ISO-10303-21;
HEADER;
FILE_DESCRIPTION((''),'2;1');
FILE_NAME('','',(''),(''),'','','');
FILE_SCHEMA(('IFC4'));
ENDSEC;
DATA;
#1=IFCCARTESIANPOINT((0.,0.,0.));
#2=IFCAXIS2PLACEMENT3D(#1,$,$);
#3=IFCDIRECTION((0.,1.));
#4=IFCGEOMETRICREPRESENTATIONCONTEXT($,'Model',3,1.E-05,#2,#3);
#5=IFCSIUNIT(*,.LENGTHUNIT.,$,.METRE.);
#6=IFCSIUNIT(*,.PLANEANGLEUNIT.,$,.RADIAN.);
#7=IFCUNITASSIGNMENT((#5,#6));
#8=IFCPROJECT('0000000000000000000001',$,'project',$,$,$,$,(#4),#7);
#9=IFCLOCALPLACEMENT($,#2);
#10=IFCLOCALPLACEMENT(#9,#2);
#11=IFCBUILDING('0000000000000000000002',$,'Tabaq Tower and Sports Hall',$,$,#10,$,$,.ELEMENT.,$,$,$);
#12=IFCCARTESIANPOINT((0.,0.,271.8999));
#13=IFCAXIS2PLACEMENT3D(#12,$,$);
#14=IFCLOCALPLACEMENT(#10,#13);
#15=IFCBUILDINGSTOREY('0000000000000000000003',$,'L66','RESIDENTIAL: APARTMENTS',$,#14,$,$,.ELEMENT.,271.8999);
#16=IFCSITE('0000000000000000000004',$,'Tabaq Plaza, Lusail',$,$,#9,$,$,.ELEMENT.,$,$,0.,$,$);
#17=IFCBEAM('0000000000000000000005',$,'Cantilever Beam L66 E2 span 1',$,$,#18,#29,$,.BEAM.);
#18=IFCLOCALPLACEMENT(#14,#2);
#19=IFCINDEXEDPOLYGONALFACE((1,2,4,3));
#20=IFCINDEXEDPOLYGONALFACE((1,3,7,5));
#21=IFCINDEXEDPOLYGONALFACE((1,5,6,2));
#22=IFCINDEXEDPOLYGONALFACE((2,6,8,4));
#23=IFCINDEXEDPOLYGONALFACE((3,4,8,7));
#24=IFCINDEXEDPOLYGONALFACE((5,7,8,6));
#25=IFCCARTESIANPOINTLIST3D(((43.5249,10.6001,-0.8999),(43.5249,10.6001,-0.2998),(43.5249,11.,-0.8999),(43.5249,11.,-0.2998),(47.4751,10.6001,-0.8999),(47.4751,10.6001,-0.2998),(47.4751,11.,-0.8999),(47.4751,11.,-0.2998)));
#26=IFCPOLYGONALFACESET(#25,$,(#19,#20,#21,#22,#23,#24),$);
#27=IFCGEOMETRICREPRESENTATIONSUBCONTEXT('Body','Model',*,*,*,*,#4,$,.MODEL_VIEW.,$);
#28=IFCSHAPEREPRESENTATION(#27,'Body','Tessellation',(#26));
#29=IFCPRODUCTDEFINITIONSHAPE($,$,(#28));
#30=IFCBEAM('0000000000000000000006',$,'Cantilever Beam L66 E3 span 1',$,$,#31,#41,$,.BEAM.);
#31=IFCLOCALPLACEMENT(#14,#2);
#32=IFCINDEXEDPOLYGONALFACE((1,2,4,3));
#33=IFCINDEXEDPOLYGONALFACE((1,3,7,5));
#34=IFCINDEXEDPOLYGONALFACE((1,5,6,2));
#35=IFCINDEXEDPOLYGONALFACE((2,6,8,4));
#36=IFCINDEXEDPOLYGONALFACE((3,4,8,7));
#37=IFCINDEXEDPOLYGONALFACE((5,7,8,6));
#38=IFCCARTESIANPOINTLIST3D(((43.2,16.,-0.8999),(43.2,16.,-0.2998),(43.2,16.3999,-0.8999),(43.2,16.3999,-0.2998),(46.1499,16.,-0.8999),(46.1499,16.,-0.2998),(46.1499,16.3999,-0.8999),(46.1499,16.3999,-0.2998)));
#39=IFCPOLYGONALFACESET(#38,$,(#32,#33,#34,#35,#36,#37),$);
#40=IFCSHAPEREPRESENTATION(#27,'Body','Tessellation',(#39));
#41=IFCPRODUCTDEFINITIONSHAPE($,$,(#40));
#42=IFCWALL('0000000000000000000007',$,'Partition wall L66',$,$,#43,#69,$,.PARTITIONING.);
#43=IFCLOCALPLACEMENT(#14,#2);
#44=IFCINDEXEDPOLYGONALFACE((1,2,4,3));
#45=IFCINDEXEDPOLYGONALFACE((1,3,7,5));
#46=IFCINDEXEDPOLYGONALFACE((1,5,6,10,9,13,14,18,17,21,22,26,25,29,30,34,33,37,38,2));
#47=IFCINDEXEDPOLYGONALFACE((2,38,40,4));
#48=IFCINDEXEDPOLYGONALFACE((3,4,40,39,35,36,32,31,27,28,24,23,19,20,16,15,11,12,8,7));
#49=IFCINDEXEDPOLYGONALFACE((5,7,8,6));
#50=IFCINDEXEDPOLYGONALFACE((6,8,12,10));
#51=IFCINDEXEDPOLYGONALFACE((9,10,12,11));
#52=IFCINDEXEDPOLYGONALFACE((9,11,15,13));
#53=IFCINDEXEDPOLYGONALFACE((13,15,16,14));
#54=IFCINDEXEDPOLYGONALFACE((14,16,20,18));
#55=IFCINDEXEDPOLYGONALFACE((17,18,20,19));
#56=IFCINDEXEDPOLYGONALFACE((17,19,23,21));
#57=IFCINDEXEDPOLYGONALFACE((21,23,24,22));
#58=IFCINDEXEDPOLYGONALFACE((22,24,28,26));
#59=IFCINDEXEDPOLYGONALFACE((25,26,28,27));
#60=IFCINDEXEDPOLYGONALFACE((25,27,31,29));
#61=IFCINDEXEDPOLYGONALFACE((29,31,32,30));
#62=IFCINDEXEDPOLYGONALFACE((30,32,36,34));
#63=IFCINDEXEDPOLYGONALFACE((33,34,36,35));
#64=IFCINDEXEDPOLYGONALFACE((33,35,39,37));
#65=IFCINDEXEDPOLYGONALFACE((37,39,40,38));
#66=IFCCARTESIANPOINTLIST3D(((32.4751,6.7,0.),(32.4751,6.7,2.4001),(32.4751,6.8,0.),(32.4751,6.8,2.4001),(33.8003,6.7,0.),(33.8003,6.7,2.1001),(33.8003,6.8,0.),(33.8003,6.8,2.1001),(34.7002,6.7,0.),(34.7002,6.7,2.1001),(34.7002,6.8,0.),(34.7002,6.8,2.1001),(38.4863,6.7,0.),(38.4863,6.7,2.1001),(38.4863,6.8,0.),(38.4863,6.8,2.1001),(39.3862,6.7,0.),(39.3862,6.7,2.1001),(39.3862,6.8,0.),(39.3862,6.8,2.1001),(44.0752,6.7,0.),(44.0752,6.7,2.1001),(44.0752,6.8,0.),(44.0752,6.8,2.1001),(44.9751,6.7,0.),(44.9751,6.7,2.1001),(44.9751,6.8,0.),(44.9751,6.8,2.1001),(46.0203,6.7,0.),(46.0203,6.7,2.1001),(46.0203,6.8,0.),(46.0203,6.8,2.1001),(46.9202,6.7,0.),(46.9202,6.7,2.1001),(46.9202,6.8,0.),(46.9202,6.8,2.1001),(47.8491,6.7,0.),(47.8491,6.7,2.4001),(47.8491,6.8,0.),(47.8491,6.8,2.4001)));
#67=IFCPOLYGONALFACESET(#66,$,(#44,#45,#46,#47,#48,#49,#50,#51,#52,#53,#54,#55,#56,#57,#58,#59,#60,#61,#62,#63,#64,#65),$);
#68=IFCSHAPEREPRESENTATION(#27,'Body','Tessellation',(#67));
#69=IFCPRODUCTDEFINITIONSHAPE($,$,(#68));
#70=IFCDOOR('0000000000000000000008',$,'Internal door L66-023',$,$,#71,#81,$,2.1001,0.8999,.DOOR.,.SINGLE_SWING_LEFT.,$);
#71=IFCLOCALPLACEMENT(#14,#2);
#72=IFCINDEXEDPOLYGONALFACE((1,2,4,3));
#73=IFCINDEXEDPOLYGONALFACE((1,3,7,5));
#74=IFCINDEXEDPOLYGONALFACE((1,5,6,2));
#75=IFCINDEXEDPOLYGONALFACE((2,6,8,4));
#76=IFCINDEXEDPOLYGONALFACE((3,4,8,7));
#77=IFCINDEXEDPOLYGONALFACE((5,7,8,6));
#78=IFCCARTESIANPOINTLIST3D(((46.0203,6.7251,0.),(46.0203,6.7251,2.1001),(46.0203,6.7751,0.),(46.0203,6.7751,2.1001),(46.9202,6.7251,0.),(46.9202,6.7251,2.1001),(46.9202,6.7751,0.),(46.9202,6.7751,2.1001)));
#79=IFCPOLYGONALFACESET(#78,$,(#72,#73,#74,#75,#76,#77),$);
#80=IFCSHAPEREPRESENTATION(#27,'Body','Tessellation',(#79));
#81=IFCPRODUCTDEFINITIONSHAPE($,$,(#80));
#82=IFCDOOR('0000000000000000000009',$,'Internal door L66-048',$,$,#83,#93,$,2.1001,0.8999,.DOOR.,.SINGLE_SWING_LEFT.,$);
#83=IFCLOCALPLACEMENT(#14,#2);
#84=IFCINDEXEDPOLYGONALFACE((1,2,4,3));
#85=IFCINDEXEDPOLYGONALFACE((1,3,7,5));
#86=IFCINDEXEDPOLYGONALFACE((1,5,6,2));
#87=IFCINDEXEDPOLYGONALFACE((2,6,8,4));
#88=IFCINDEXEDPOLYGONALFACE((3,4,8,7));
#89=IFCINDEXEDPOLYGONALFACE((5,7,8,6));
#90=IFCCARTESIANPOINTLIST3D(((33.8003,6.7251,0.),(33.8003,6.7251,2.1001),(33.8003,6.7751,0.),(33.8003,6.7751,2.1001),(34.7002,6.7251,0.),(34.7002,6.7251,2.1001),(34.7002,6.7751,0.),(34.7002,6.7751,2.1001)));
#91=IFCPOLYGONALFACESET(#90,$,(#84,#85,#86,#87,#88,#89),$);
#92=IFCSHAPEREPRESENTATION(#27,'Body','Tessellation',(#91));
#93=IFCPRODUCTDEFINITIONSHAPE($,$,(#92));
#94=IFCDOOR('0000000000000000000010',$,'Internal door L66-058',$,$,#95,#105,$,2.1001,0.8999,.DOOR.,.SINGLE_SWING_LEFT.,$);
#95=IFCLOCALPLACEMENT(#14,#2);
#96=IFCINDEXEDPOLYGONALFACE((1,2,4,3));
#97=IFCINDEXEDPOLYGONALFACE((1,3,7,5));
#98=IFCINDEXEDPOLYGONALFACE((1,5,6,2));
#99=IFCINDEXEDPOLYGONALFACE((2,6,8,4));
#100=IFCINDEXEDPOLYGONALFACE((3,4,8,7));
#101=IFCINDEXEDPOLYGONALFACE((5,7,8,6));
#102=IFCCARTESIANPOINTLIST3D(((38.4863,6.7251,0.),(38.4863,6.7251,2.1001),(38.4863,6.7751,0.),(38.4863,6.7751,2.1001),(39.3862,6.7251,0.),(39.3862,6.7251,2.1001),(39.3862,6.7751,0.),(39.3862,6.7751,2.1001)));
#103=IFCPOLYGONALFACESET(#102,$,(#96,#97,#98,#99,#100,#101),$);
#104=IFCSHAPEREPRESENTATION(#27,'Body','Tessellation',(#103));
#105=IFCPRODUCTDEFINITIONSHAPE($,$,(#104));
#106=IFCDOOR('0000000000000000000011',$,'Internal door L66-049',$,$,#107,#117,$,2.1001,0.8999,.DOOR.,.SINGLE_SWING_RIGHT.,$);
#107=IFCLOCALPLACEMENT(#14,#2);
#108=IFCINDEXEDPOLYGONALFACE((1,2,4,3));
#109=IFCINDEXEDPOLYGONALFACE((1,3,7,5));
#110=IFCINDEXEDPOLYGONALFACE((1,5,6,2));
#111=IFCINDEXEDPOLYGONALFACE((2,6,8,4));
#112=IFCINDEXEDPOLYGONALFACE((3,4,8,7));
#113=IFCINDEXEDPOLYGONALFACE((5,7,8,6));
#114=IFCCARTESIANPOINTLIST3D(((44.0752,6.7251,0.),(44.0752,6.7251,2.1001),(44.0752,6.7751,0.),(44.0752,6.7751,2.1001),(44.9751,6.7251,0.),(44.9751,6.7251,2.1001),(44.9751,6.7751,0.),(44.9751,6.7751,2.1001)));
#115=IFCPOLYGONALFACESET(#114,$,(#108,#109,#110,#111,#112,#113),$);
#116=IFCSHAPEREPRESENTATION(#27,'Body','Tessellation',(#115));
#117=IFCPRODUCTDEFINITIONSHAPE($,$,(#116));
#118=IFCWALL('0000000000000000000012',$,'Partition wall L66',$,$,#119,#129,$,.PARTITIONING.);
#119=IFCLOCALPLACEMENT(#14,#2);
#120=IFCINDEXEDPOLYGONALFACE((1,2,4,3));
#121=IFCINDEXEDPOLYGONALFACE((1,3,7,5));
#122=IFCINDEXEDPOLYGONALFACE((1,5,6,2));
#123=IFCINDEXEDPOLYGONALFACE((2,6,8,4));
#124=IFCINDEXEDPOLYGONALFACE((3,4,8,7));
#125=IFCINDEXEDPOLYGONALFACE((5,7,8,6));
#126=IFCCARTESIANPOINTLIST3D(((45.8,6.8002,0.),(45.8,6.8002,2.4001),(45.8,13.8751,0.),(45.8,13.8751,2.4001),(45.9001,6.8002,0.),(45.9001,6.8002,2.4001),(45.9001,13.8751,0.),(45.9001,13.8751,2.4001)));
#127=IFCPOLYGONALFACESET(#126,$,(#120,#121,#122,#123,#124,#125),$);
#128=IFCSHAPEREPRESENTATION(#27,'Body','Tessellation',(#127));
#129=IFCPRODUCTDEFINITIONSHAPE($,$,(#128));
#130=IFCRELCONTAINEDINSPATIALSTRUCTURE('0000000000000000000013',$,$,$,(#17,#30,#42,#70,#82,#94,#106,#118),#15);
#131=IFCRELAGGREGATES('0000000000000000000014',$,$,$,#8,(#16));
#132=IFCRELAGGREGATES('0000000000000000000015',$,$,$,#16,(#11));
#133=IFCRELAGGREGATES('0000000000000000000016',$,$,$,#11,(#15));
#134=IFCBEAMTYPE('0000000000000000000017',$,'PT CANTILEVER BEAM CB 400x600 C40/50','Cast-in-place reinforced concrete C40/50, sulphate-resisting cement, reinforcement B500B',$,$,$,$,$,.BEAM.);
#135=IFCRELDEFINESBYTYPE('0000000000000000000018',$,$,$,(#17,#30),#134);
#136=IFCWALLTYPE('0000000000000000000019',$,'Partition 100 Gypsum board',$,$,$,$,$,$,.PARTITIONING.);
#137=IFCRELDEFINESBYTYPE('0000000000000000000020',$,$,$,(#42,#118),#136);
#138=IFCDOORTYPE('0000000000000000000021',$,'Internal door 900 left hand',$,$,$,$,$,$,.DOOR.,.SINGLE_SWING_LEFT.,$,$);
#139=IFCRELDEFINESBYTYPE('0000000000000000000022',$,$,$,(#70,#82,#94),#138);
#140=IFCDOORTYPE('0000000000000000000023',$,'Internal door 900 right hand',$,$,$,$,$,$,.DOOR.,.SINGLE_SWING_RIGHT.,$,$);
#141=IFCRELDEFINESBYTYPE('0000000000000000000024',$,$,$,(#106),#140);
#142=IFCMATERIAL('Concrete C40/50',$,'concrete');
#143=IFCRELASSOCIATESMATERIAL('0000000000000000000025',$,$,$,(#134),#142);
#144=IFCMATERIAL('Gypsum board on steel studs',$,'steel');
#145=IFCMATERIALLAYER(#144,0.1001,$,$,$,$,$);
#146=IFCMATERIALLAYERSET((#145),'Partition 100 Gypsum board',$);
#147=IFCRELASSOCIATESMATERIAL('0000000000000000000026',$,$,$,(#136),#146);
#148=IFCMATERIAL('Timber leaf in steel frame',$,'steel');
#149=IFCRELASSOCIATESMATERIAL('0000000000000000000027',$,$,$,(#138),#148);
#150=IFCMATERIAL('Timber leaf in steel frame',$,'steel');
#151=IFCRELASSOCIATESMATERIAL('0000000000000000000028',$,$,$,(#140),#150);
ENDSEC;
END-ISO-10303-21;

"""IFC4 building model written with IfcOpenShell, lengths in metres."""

from ifc_helpers import new_model, si_unit, direction, frame, frame_2d, origin, origin_2d, place, context, subcontext, project, spatial, rectangle, extrude, material, layer, layer_set, material_profile, profile_set, type_object, element, fill, save


model = new_model("IFC4")

# Units and contexts
model_context = context("Model", 3, precision=1e-05, world=origin(), true_north=direction((0.0, 1.0)))
body_context = subcontext(model_context, "Body", "Model", "MODEL_VIEW")
ifc_project = project(units=[si_unit("LENGTHUNIT", "METRE"), si_unit("PLANEANGLEUNIT", "RADIAN")], contexts=[model_context])

# Site, building, storey
site_placement = place(None, origin())
site = spatial("IfcSite", under=ifc_project, at=site_placement, Name="Tabaq Plaza, Lusail", CompositionType="ELEMENT", RefElevation=0.0)
building_placement = place(site_placement, origin())
building = spatial("IfcBuilding", under=site, at=building_placement, Name="Tabaq Tower and Sports Hall", CompositionType="ELEMENT")
storey_placement = place(building_placement, frame((0.0, 0.0, 271.8999)))
storey = spatial("IfcBuildingStorey", under=building, at=storey_placement, Name="L66", Description="RESIDENTIAL: APARTMENTS", CompositionType="ELEMENT", Elevation=271.8999)

# Beams
ifc_material_1 = material(Name="Concrete C40/50", Category="concrete")
ifc_material_profile = material_profile(ifc_material_1, rectangle(XDim=0.3999, YDim=0.6001, at=origin_2d()), Name="CB 400x600")
ifc_profile_set = profile_set([ifc_material_profile], Name="Concrete C40/50")
beam_type = type_object("IfcBeamType", Name="PT CANTILEVER BEAM CB 400x600 C40/50", Description="Cast-in-place reinforced concrete C40/50, sulphate-resisting cement, reinforcement B500B", PredefinedType="BEAM", material=ifc_profile_set)
beam_1_placement = place(storey_placement, frame((47.4751, 10.8, -0.5999), z_axis=(-1.0, 0.0, 0.0), x_axis=(0.0, -1.0, 0.0)))
element("IfcBeam", 1, at=beam_1_placement, inside=storey, type_object=beam_type, Name="Cantilever Beam L66 E2 span 1", PredefinedType="BEAM", context=body_context, shape_type="SweptSolid", body=[
    extrude(rectangle(XDim=0.3999, YDim=0.6001, at=origin_2d()), origin(), (0.0, 0.0, 1.0), 3.9502),
])
beam_2_placement = place(storey_placement, frame((46.1499, 16.2, -0.5999), z_axis=(-1.0, 0.0, 0.0), x_axis=(0.0, -1.0, 0.0)))
element("IfcBeam", 2, at=beam_2_placement, inside=storey, type_object=beam_type, Name="Cantilever Beam L66 E3 span 1", PredefinedType="BEAM", context=body_context, shape_type="SweptSolid", body=[
    extrude(rectangle(XDim=0.3999, YDim=0.6001, at=origin_2d()), origin(), (0.0, 0.0, 1.0), 2.95),
])

# Wall, openings, doors
ifc_material_2 = material(Name="Gypsum board on steel studs", Category="steel")
ifc_layer_1 = layer(ifc_material_2, 0.1001)
ifc_layer_set_1 = layer_set([ifc_layer_1], Name="Partition 100 Gypsum board")
wall_type_1 = type_object("IfcWallType", Name="Partition 100 Gypsum board", PredefinedType="PARTITIONING", material=ifc_layer_set_1)
wall_1_placement = place(storey_placement, frame((47.8491, 6.75, 0.0), z_axis=(0.0, 0.0, 1.0), x_axis=(-1.0, 0.0, 0.0)))
wall_1 = element("IfcWall", 3, at=wall_1_placement, inside=storey, type_object=wall_type_1, Name="Partition wall L66", PredefinedType="PARTITIONING", context=body_context, shape_type="SweptSolid", body=[
    extrude(rectangle(XDim=15.374, YDim=0.1001, at=frame_2d((7.687, 0.0))), origin(), (0.0, 0.0, 1.0), 2.4001),
])
opening_1_placement = place(wall_1_placement, frame((0.929, 0.0, 0.0)))
opening_1 = element("IfcOpeningElement", 4, at=opening_1_placement, cuts=wall_1, PredefinedType="OPENING", context=body_context, shape_type="SweptSolid", body=[
    extrude(rectangle(XDim=0.8999, YDim=2.1001, at=frame_2d((0.45, 1.05))), frame((0.0, 0.05, 0.0), z_axis=(0.0, -1.0, 0.0), x_axis=(1.0, 0.0, 0.0)), (0.0, 0.0, 1.0), 0.1001),
])
opening_2_placement = place(wall_1_placement, frame((13.1489, 0.0, 0.0)))
opening_2 = element("IfcOpeningElement", 5, at=opening_2_placement, cuts=wall_1, PredefinedType="OPENING", context=body_context, shape_type="SweptSolid", body=[
    extrude(rectangle(XDim=0.8999, YDim=2.1001, at=frame_2d((0.45, 1.05))), frame((0.0, 0.05, 0.0), z_axis=(0.0, -1.0, 0.0), x_axis=(1.0, 0.0, 0.0)), (0.0, 0.0, 1.0), 0.1001),
])
opening_3_placement = place(wall_1_placement, frame((2.874, 0.0, 0.0)))
opening_3 = element("IfcOpeningElement", 6, at=opening_3_placement, cuts=wall_1, PredefinedType="OPENING", context=body_context, shape_type="SweptSolid", body=[
    extrude(rectangle(XDim=0.8999, YDim=2.1001, at=frame_2d((0.45, 1.05))), frame((0.0, 0.05, 0.0), z_axis=(0.0, -1.0, 0.0), x_axis=(1.0, 0.0, 0.0)), (0.0, 0.0, 1.0), 0.1001),
])
opening_4_placement = place(wall_1_placement, frame((8.4629, 0.0, 0.0)))
opening_4 = element("IfcOpeningElement", 7, at=opening_4_placement, cuts=wall_1, PredefinedType="OPENING", context=body_context, shape_type="SweptSolid", body=[
    extrude(rectangle(XDim=0.8999, YDim=2.1001, at=frame_2d((0.45, 1.05))), frame((0.0, 0.05, 0.0), z_axis=(0.0, -1.0, 0.0), x_axis=(1.0, 0.0, 0.0)), (0.0, 0.0, 1.0), 0.1001),
])
ifc_material_3 = material(Name="Timber leaf in steel frame", Category="steel")
door_type_1 = type_object("IfcDoorType", Name="Internal door 900 left hand", OperationType="SINGLE_SWING_LEFT", PredefinedType="DOOR", material=ifc_material_3)
door_1_placement = place(opening_1_placement, origin())
door_1 = element("IfcDoor", 8, at=door_1_placement, inside=storey, type_object=door_type_1, Name="Internal door L66-023", OperationType="SINGLE_SWING_LEFT", OverallHeight=2.1001, OverallWidth=0.8999, PredefinedType="DOOR", context=body_context, shape_type="SweptSolid", body=[
    extrude(rectangle(XDim=0.8999, YDim=2.1001, at=frame_2d((0.45, 1.05))), frame((0.0, 0.0249, 0.0), z_axis=(0.0, -1.0, 0.0), x_axis=(1.0, 0.0, 0.0)), (0.0, 0.0, 1.0), 0.05),
])
fill(opening_1, door_1)
door_2_placement = place(opening_2_placement, origin())
door_2 = element("IfcDoor", 9, at=door_2_placement, inside=storey, type_object=door_type_1, Name="Internal door L66-048", OperationType="SINGLE_SWING_LEFT", OverallHeight=2.1001, OverallWidth=0.8999, PredefinedType="DOOR", context=body_context, shape_type="SweptSolid", body=[
    extrude(rectangle(XDim=0.8999, YDim=2.1001, at=frame_2d((0.45, 1.05))), frame((0.0, 0.0249, 0.0), z_axis=(0.0, -1.0, 0.0), x_axis=(1.0, 0.0, 0.0)), (0.0, 0.0, 1.0), 0.05),
])
fill(opening_2, door_2)
door_3_placement = place(opening_4_placement, origin())
door_3 = element("IfcDoor", 10, at=door_3_placement, inside=storey, type_object=door_type_1, Name="Internal door L66-058", OperationType="SINGLE_SWING_LEFT", OverallHeight=2.1001, OverallWidth=0.8999, PredefinedType="DOOR", context=body_context, shape_type="SweptSolid", body=[
    extrude(rectangle(XDim=0.8999, YDim=2.1001, at=frame_2d((0.45, 1.05))), frame((0.0, 0.0249, 0.0), z_axis=(0.0, -1.0, 0.0), x_axis=(1.0, 0.0, 0.0)), (0.0, 0.0, 1.0), 0.05),
])
fill(opening_4, door_3)
ifc_material_4 = material(Name="Timber leaf in steel frame", Category="steel")
door_type_2 = type_object("IfcDoorType", Name="Internal door 900 right hand", OperationType="SINGLE_SWING_RIGHT", PredefinedType="DOOR", material=ifc_material_4)
door_4_placement = place(opening_3_placement, origin())
door_4 = element("IfcDoor", 11, at=door_4_placement, inside=storey, type_object=door_type_2, Name="Internal door L66-049", OperationType="SINGLE_SWING_RIGHT", OverallHeight=2.1001, OverallWidth=0.8999, PredefinedType="DOOR", context=body_context, shape_type="SweptSolid", body=[
    extrude(rectangle(XDim=0.8999, YDim=2.1001, at=frame_2d((0.45, 1.05))), frame((0.0, 0.0249, 0.0), z_axis=(0.0, -1.0, 0.0), x_axis=(1.0, 0.0, 0.0)), (0.0, 0.0, 1.0), 0.05),
])
fill(opening_3, door_4)

# Wall
wall_2_placement = place(storey_placement, frame((45.8501, 6.8, 0.0), z_axis=(0.0, 0.0, 1.0), x_axis=(0.0, 1.0, 0.0)))
element("IfcWall", 12, at=wall_2_placement, inside=storey, type_object=wall_type_1, Name="Partition wall L66", PredefinedType="PARTITIONING", context=body_context, shape_type="SweptSolid", body=[
    extrude(rectangle(XDim=7.075, YDim=0.1001, at=frame_2d((3.5376, 0.0))), origin(), (0.0, 0.0, 1.0), 2.4001),
])

save(model, "model.ifc")
